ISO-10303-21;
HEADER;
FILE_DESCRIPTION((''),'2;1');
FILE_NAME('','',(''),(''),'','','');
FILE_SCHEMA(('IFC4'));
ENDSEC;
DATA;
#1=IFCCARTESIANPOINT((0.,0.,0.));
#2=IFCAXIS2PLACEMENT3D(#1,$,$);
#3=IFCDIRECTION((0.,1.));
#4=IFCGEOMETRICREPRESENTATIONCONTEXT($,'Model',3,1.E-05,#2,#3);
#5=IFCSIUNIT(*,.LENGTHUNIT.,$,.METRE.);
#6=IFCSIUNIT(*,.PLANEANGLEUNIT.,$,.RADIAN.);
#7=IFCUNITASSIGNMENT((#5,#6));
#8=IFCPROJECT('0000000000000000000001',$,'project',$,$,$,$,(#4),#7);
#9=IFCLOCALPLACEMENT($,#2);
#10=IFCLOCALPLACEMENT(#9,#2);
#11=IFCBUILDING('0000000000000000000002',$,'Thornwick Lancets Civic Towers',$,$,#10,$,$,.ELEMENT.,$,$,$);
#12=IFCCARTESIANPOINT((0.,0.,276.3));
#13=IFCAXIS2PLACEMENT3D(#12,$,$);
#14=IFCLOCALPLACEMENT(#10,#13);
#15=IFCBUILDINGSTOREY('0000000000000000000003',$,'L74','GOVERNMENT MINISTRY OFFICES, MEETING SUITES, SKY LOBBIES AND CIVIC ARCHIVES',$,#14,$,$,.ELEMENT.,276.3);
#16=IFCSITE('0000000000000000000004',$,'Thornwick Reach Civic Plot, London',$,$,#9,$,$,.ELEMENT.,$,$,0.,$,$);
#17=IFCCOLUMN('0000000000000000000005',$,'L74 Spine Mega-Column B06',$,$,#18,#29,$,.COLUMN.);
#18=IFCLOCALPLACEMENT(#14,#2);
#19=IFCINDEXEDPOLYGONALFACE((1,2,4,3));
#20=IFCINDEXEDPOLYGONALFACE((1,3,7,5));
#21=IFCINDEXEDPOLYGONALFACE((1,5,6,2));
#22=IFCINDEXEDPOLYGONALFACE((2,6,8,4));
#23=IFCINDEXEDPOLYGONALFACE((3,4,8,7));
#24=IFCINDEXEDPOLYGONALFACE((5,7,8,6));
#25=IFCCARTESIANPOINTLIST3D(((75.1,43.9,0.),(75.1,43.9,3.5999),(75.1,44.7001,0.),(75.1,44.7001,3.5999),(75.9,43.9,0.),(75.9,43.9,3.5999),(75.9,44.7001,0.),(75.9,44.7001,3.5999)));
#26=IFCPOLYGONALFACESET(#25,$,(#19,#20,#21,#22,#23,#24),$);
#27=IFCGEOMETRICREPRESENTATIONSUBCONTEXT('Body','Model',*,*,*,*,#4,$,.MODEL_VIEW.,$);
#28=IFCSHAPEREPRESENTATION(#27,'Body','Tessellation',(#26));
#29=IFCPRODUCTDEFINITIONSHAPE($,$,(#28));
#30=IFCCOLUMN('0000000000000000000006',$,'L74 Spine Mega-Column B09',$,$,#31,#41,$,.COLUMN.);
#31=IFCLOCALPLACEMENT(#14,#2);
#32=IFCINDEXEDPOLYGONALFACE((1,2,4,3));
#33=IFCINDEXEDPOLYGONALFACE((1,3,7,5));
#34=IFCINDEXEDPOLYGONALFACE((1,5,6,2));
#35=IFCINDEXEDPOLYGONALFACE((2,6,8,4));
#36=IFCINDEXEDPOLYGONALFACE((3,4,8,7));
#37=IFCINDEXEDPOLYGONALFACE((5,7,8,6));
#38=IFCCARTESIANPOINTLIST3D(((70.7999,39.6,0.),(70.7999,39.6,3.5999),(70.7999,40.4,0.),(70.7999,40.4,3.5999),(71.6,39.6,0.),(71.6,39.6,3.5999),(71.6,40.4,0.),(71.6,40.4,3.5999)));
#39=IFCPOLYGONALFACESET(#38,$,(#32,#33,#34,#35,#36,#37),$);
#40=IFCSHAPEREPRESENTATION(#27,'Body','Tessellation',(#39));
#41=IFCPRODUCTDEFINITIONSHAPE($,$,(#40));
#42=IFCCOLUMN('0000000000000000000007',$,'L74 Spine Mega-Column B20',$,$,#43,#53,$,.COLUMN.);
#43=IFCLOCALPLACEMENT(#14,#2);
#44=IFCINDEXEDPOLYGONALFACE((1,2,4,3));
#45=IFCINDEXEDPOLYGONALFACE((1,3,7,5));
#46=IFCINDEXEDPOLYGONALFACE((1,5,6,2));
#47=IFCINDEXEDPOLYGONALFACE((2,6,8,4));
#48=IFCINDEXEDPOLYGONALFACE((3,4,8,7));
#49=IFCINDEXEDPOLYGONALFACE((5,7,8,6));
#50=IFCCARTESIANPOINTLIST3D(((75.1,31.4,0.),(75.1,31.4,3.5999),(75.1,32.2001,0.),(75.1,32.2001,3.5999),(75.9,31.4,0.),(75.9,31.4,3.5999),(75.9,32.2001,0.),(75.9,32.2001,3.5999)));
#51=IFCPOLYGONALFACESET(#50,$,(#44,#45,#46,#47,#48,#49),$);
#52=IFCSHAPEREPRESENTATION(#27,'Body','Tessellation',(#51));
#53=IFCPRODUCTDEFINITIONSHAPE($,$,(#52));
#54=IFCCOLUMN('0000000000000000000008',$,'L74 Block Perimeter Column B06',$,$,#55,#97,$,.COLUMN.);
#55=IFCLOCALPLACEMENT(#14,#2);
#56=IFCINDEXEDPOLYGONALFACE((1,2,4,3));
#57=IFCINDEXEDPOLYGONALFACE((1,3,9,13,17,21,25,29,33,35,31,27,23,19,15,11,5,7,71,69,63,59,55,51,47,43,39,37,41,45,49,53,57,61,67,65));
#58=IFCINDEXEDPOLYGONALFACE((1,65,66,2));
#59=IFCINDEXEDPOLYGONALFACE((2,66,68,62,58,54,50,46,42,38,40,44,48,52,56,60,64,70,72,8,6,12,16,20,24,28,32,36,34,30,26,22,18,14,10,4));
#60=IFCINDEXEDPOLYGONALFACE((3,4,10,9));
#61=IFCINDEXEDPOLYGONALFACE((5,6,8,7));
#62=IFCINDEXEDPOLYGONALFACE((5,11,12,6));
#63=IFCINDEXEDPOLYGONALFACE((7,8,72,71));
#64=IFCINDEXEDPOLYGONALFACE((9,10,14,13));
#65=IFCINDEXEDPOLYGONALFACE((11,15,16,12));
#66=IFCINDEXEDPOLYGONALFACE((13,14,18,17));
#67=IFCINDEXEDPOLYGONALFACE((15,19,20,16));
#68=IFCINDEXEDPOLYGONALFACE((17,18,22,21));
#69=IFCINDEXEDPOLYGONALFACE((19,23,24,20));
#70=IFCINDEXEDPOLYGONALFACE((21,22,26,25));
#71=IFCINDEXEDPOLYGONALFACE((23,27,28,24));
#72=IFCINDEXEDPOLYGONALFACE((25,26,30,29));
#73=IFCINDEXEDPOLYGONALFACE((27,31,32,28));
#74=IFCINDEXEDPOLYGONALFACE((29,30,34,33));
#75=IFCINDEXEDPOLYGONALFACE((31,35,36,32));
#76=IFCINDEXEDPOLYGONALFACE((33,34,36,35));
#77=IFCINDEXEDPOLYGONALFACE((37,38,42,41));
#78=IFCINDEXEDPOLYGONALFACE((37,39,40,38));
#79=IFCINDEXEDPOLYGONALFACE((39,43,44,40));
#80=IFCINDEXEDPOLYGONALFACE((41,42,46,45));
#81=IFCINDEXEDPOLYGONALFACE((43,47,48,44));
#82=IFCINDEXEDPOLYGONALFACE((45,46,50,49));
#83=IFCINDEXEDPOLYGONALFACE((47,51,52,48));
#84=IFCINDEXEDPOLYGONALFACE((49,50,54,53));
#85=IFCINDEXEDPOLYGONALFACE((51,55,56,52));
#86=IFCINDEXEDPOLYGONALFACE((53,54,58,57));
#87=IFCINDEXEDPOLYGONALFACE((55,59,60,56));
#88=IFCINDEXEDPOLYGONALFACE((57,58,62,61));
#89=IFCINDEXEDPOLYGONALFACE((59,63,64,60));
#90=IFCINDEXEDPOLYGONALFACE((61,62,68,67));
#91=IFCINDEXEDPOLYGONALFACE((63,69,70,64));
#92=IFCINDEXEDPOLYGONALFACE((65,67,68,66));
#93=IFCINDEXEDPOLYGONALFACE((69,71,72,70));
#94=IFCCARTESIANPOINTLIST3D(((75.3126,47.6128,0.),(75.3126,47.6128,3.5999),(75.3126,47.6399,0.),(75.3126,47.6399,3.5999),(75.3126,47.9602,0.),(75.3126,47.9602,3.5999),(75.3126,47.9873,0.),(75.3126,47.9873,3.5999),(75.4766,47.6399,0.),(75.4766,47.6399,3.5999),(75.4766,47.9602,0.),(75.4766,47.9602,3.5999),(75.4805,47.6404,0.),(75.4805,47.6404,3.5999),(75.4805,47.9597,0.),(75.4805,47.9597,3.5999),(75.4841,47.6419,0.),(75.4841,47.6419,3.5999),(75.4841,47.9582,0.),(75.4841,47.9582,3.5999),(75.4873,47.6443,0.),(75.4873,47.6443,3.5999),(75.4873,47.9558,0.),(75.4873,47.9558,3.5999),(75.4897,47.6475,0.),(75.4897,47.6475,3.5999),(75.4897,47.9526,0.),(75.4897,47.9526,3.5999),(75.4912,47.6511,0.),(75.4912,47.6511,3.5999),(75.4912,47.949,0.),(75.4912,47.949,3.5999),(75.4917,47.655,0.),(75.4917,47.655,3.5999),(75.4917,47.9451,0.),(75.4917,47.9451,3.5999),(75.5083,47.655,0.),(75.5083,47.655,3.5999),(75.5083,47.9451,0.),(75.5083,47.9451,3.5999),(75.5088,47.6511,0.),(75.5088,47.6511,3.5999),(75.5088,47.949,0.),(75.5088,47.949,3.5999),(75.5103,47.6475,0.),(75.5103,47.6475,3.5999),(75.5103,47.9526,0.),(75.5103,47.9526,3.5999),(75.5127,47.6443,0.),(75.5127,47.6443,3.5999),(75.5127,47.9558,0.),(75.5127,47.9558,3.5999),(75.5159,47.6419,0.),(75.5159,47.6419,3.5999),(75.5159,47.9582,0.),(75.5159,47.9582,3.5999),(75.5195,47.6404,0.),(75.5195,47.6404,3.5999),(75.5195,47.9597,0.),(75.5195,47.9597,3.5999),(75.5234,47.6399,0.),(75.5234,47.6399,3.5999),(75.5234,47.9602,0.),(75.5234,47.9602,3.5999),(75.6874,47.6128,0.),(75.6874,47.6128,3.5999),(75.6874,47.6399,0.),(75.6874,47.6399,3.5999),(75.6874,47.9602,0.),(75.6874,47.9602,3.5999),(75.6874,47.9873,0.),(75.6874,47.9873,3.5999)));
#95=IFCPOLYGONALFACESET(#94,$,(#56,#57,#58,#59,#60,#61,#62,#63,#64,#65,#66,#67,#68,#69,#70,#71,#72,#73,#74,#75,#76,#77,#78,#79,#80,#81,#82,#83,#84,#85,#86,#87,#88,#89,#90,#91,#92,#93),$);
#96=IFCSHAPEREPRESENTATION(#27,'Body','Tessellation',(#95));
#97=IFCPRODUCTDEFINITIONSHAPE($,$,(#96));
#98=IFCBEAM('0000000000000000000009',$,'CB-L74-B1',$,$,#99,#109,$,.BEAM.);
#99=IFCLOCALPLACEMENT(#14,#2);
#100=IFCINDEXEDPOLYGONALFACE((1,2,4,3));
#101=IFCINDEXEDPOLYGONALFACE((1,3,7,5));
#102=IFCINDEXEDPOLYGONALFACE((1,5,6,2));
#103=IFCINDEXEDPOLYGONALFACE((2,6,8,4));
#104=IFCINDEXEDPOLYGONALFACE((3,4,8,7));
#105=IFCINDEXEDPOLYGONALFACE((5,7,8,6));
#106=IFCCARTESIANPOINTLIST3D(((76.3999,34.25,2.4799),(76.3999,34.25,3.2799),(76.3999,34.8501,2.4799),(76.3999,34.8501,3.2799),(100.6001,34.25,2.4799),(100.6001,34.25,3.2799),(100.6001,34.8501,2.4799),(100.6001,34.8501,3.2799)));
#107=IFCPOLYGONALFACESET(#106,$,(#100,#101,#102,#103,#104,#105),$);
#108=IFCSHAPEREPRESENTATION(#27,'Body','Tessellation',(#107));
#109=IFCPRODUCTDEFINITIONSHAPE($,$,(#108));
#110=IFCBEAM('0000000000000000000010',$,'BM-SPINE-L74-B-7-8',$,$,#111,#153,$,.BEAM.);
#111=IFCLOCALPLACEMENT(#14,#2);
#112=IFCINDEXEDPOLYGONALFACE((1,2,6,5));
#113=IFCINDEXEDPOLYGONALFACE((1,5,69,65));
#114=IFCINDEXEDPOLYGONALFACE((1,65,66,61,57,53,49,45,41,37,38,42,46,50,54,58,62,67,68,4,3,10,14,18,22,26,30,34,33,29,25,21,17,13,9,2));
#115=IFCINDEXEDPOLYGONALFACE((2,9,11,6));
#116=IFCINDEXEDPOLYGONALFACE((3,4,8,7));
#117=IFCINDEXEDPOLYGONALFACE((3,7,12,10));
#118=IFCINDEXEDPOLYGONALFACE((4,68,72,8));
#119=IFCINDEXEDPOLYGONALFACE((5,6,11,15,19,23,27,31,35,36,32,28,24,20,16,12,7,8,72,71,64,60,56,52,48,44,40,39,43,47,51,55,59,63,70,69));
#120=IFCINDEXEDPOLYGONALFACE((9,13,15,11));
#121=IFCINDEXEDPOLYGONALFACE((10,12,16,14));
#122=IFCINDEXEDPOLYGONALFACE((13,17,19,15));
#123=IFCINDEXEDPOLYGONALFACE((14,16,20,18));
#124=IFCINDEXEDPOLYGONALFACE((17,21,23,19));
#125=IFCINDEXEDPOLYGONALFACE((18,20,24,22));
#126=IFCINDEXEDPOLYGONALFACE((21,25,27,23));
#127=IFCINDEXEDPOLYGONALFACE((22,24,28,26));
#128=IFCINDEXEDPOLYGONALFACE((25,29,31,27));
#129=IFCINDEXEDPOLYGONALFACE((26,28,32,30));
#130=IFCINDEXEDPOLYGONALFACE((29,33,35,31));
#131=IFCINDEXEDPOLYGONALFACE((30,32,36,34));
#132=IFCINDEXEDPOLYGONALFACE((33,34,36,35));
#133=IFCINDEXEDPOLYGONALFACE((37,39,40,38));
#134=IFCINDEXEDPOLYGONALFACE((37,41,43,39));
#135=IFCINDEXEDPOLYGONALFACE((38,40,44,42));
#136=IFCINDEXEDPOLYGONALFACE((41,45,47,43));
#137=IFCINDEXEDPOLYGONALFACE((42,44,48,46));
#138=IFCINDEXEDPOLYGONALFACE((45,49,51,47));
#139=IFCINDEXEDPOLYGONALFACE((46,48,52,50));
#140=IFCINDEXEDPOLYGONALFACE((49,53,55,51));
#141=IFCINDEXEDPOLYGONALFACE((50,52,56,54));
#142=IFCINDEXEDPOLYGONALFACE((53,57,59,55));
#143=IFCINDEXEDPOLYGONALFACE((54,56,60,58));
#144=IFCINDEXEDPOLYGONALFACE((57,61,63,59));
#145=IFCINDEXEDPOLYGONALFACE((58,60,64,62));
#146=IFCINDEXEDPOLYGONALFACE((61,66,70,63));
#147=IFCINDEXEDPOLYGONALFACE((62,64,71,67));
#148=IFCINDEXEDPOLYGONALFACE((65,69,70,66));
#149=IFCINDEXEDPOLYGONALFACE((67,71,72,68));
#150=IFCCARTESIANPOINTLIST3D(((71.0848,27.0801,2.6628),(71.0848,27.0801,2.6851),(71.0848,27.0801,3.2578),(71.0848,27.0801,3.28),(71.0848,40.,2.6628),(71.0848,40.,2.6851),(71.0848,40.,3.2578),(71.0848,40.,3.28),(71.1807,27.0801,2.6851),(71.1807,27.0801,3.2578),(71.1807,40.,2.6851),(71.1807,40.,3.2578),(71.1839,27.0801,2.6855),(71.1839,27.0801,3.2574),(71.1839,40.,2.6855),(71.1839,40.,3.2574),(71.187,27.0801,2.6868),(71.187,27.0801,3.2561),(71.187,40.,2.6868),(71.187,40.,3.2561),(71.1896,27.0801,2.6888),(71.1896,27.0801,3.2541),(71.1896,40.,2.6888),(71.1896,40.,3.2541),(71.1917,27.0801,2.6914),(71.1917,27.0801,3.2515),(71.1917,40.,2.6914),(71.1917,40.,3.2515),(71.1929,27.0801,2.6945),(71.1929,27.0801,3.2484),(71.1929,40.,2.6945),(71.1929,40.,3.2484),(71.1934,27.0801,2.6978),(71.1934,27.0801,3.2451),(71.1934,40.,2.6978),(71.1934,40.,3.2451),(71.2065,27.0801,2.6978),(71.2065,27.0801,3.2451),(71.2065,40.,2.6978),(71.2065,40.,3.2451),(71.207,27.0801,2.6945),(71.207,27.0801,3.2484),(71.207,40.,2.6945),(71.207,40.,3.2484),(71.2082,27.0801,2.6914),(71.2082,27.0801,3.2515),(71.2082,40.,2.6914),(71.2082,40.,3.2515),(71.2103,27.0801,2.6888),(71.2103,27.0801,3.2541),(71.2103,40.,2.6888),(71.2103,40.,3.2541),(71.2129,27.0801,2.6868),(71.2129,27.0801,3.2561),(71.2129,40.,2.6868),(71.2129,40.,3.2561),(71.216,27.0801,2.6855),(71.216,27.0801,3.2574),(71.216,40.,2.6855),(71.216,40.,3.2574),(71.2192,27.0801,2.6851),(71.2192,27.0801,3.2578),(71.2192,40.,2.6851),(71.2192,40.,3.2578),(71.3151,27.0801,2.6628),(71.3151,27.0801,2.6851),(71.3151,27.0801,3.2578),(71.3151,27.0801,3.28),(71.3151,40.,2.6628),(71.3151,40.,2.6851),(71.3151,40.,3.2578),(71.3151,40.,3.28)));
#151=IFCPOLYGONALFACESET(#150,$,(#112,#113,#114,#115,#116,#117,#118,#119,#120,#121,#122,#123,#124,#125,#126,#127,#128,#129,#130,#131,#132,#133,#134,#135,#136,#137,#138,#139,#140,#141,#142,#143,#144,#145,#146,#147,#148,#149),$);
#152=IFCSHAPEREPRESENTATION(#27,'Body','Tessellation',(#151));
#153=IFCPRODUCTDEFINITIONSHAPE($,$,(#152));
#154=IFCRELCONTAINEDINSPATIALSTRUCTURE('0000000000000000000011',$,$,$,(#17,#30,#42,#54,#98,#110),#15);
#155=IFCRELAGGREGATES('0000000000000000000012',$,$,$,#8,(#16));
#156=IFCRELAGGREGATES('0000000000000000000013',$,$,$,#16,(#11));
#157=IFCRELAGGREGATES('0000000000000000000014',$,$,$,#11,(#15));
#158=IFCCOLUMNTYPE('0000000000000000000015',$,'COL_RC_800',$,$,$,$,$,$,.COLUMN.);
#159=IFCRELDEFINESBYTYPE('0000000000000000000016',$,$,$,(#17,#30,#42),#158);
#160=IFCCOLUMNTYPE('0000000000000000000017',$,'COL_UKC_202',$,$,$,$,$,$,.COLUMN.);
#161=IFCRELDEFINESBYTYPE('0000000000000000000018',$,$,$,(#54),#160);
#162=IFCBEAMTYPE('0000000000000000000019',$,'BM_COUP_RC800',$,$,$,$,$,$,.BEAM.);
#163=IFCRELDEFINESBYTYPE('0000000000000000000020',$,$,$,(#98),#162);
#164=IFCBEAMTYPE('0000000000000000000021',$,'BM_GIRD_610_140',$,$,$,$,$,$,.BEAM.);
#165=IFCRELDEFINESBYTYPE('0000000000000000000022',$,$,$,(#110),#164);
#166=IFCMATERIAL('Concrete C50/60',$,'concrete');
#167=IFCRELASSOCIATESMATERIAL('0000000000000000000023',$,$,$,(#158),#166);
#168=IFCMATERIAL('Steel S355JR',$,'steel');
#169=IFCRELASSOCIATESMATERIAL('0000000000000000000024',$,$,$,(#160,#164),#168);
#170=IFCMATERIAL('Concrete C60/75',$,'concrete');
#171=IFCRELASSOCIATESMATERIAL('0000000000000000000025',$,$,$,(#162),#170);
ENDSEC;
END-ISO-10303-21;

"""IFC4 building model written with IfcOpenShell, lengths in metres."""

from ifc_helpers import new_model, si_unit, direction, frame, origin, origin_2d, place, context, subcontext, project, spatial, rectangle, i_section, extrude, material, material_profile, profile_set, type_object, element, save


model = new_model("IFC4")

# Units and contexts
model_context = context("Model", 3, precision=1e-05, world=origin(), true_north=direction((0.0, 1.0)))
body_context = subcontext(model_context, "Body", "Model", "MODEL_VIEW")
ifc_project = project(units=[si_unit("LENGTHUNIT", "METRE"), si_unit("PLANEANGLEUNIT", "RADIAN")], contexts=[model_context])

# Site, building, storey
site_placement = place(None, origin())
site = spatial("IfcSite", under=ifc_project, at=site_placement, Name="Thornwick Reach Civic Plot, London", CompositionType="ELEMENT", RefElevation=0.0)
building_placement = place(site_placement, origin())
building = spatial("IfcBuilding", under=site, at=building_placement, Name="Thornwick Lancets Civic Towers", CompositionType="ELEMENT")
storey_placement = place(building_placement, frame((0.0, 0.0, 276.3)))
storey = spatial("IfcBuildingStorey", under=building, at=storey_placement, Name="L74", Description="GOVERNMENT MINISTRY OFFICES, MEETING SUITES, SKY LOBBIES AND CIVIC ARCHIVES", CompositionType="ELEMENT", Elevation=276.3)

# Columns
ifc_material_1 = material(Name="Concrete C50/60", Category="concrete")
ifc_material_profile_1 = material_profile(ifc_material_1, rectangle(XDim=0.8, YDim=0.8, at=origin_2d()), Name="RC 800x800")
ifc_profile_set_1 = profile_set([ifc_material_profile_1], Name="Concrete C50/60")
column_type_1 = type_object("IfcColumnType", Name="COL_RC_800", PredefinedType="COLUMN", material=ifc_profile_set_1)
for number, where, z_axis, x_axis, name in (
    (1, (75.5, 44.3, 0.0), (0.0, 0.0, 1.0), (1.0, 0.0, 0.0), "L74 Spine Mega-Column B06"),
    (2, (71.2, 40.0, 0.0), (0.0, 0.0, 1.0), (1.0, 0.0, 0.0), "L74 Spine Mega-Column B09"),
    (3, (75.5, 31.8, 0.0), (0.0, 0.0, 1.0), (1.0, 0.0, 0.0), "L74 Spine Mega-Column B20"),
):
    element("IfcColumn", number, at=place(storey_placement, frame(where, z_axis=z_axis, x_axis=x_axis)), inside=storey, type_object=column_type_1, Name=name, PredefinedType="COLUMN", context=body_context, shape_type="SweptSolid", body=[
        extrude(rectangle(XDim=0.8, YDim=0.8, at=origin_2d()), origin(), (0.0, 0.0, 1.0), 3.5999),
    ])
ifc_material_2 = material(Name="Steel S355JR", Category="steel")
ifc_material_profile_2 = material_profile(ifc_material_2, i_section(OverallWidth=0.3748, OverallDepth=0.3745, WebThickness=0.0166, FlangeThickness=0.0271, FilletRadius=0.0151, at=origin_2d()), Name="UKC 356x368x202")
ifc_profile_set_2 = profile_set([ifc_material_profile_2], Name="Steel S355JR")
column_type_2 = type_object("IfcColumnType", Name="COL_UKC_202", PredefinedType="COLUMN", material=ifc_profile_set_2)
column_placement = place(storey_placement, frame((75.5, 47.8, 0.0), z_axis=(0.0, 0.0, 1.0), x_axis=(1.0, 0.0, 0.0)))
element("IfcColumn", 4, at=column_placement, inside=storey, type_object=column_type_2, Name="L74 Block Perimeter Column B06", PredefinedType="COLUMN", context=body_context, shape_type="SweptSolid", body=[
    extrude(i_section(OverallWidth=0.3748, OverallDepth=0.3745, WebThickness=0.0166, FlangeThickness=0.0271, FilletRadius=0.0151, at=origin_2d()), origin(), (0.0, 0.0, 1.0), 3.5999),
])

# Beams
ifc_material_3 = material(Name="Concrete C60/75", Category="concrete")
ifc_material_profile_3 = material_profile(ifc_material_3, rectangle(XDim=0.6001, YDim=0.8, at=origin_2d()), Name="RC 600x800")
ifc_profile_set_3 = profile_set([ifc_material_profile_3], Name="Concrete C60/75")
beam_type_1 = type_object("IfcBeamType", Name="BM_COUP_RC800", PredefinedType="BEAM", material=ifc_profile_set_3)
beam_1_placement = place(storey_placement, frame((76.3999, 34.55, 2.8799), z_axis=(1.0, 0.0, 0.0), x_axis=(0.0, 1.0, 0.0)))
element("IfcBeam", 5, at=beam_1_placement, inside=storey, type_object=beam_type_1, Name="CB-L74-B1", PredefinedType="BEAM", context=body_context, shape_type="SweptSolid", body=[
    extrude(rectangle(XDim=0.6001, YDim=0.8, at=origin_2d()), origin(), (0.0, 0.0, 1.0), 24.2002),
])
ifc_material_profile_4 = material_profile(ifc_material_2, i_section(OverallWidth=0.2302, OverallDepth=0.6172, WebThickness=0.0132, FlangeThickness=0.0222, FilletRadius=0.0127, at=origin_2d()), Name="UKB 610x229x140")
ifc_profile_set_4 = profile_set([ifc_material_profile_4], Name="Steel S355JR")
beam_type_2 = type_object("IfcBeamType", Name="BM_GIRD_610_140", PredefinedType="BEAM", material=ifc_profile_set_4)
beam_2_placement = place(storey_placement, frame((71.2, 27.0801, 2.9714), z_axis=(0.0, 1.0, 0.0), x_axis=(-1.0, 0.0, 0.0)))
element("IfcBeam", 6, at=beam_2_placement, inside=storey, type_object=beam_type_2, Name="BM-SPINE-L74-B-7-8", PredefinedType="BEAM", context=body_context, shape_type="SweptSolid", body=[
    extrude(i_section(OverallWidth=0.2302, OverallDepth=0.6172, WebThickness=0.0132, FlangeThickness=0.0222, FilletRadius=0.0127, at=origin_2d()), origin(), (0.0, 0.0, 1.0), 12.9199),
])

save(model, "model.ifc")
